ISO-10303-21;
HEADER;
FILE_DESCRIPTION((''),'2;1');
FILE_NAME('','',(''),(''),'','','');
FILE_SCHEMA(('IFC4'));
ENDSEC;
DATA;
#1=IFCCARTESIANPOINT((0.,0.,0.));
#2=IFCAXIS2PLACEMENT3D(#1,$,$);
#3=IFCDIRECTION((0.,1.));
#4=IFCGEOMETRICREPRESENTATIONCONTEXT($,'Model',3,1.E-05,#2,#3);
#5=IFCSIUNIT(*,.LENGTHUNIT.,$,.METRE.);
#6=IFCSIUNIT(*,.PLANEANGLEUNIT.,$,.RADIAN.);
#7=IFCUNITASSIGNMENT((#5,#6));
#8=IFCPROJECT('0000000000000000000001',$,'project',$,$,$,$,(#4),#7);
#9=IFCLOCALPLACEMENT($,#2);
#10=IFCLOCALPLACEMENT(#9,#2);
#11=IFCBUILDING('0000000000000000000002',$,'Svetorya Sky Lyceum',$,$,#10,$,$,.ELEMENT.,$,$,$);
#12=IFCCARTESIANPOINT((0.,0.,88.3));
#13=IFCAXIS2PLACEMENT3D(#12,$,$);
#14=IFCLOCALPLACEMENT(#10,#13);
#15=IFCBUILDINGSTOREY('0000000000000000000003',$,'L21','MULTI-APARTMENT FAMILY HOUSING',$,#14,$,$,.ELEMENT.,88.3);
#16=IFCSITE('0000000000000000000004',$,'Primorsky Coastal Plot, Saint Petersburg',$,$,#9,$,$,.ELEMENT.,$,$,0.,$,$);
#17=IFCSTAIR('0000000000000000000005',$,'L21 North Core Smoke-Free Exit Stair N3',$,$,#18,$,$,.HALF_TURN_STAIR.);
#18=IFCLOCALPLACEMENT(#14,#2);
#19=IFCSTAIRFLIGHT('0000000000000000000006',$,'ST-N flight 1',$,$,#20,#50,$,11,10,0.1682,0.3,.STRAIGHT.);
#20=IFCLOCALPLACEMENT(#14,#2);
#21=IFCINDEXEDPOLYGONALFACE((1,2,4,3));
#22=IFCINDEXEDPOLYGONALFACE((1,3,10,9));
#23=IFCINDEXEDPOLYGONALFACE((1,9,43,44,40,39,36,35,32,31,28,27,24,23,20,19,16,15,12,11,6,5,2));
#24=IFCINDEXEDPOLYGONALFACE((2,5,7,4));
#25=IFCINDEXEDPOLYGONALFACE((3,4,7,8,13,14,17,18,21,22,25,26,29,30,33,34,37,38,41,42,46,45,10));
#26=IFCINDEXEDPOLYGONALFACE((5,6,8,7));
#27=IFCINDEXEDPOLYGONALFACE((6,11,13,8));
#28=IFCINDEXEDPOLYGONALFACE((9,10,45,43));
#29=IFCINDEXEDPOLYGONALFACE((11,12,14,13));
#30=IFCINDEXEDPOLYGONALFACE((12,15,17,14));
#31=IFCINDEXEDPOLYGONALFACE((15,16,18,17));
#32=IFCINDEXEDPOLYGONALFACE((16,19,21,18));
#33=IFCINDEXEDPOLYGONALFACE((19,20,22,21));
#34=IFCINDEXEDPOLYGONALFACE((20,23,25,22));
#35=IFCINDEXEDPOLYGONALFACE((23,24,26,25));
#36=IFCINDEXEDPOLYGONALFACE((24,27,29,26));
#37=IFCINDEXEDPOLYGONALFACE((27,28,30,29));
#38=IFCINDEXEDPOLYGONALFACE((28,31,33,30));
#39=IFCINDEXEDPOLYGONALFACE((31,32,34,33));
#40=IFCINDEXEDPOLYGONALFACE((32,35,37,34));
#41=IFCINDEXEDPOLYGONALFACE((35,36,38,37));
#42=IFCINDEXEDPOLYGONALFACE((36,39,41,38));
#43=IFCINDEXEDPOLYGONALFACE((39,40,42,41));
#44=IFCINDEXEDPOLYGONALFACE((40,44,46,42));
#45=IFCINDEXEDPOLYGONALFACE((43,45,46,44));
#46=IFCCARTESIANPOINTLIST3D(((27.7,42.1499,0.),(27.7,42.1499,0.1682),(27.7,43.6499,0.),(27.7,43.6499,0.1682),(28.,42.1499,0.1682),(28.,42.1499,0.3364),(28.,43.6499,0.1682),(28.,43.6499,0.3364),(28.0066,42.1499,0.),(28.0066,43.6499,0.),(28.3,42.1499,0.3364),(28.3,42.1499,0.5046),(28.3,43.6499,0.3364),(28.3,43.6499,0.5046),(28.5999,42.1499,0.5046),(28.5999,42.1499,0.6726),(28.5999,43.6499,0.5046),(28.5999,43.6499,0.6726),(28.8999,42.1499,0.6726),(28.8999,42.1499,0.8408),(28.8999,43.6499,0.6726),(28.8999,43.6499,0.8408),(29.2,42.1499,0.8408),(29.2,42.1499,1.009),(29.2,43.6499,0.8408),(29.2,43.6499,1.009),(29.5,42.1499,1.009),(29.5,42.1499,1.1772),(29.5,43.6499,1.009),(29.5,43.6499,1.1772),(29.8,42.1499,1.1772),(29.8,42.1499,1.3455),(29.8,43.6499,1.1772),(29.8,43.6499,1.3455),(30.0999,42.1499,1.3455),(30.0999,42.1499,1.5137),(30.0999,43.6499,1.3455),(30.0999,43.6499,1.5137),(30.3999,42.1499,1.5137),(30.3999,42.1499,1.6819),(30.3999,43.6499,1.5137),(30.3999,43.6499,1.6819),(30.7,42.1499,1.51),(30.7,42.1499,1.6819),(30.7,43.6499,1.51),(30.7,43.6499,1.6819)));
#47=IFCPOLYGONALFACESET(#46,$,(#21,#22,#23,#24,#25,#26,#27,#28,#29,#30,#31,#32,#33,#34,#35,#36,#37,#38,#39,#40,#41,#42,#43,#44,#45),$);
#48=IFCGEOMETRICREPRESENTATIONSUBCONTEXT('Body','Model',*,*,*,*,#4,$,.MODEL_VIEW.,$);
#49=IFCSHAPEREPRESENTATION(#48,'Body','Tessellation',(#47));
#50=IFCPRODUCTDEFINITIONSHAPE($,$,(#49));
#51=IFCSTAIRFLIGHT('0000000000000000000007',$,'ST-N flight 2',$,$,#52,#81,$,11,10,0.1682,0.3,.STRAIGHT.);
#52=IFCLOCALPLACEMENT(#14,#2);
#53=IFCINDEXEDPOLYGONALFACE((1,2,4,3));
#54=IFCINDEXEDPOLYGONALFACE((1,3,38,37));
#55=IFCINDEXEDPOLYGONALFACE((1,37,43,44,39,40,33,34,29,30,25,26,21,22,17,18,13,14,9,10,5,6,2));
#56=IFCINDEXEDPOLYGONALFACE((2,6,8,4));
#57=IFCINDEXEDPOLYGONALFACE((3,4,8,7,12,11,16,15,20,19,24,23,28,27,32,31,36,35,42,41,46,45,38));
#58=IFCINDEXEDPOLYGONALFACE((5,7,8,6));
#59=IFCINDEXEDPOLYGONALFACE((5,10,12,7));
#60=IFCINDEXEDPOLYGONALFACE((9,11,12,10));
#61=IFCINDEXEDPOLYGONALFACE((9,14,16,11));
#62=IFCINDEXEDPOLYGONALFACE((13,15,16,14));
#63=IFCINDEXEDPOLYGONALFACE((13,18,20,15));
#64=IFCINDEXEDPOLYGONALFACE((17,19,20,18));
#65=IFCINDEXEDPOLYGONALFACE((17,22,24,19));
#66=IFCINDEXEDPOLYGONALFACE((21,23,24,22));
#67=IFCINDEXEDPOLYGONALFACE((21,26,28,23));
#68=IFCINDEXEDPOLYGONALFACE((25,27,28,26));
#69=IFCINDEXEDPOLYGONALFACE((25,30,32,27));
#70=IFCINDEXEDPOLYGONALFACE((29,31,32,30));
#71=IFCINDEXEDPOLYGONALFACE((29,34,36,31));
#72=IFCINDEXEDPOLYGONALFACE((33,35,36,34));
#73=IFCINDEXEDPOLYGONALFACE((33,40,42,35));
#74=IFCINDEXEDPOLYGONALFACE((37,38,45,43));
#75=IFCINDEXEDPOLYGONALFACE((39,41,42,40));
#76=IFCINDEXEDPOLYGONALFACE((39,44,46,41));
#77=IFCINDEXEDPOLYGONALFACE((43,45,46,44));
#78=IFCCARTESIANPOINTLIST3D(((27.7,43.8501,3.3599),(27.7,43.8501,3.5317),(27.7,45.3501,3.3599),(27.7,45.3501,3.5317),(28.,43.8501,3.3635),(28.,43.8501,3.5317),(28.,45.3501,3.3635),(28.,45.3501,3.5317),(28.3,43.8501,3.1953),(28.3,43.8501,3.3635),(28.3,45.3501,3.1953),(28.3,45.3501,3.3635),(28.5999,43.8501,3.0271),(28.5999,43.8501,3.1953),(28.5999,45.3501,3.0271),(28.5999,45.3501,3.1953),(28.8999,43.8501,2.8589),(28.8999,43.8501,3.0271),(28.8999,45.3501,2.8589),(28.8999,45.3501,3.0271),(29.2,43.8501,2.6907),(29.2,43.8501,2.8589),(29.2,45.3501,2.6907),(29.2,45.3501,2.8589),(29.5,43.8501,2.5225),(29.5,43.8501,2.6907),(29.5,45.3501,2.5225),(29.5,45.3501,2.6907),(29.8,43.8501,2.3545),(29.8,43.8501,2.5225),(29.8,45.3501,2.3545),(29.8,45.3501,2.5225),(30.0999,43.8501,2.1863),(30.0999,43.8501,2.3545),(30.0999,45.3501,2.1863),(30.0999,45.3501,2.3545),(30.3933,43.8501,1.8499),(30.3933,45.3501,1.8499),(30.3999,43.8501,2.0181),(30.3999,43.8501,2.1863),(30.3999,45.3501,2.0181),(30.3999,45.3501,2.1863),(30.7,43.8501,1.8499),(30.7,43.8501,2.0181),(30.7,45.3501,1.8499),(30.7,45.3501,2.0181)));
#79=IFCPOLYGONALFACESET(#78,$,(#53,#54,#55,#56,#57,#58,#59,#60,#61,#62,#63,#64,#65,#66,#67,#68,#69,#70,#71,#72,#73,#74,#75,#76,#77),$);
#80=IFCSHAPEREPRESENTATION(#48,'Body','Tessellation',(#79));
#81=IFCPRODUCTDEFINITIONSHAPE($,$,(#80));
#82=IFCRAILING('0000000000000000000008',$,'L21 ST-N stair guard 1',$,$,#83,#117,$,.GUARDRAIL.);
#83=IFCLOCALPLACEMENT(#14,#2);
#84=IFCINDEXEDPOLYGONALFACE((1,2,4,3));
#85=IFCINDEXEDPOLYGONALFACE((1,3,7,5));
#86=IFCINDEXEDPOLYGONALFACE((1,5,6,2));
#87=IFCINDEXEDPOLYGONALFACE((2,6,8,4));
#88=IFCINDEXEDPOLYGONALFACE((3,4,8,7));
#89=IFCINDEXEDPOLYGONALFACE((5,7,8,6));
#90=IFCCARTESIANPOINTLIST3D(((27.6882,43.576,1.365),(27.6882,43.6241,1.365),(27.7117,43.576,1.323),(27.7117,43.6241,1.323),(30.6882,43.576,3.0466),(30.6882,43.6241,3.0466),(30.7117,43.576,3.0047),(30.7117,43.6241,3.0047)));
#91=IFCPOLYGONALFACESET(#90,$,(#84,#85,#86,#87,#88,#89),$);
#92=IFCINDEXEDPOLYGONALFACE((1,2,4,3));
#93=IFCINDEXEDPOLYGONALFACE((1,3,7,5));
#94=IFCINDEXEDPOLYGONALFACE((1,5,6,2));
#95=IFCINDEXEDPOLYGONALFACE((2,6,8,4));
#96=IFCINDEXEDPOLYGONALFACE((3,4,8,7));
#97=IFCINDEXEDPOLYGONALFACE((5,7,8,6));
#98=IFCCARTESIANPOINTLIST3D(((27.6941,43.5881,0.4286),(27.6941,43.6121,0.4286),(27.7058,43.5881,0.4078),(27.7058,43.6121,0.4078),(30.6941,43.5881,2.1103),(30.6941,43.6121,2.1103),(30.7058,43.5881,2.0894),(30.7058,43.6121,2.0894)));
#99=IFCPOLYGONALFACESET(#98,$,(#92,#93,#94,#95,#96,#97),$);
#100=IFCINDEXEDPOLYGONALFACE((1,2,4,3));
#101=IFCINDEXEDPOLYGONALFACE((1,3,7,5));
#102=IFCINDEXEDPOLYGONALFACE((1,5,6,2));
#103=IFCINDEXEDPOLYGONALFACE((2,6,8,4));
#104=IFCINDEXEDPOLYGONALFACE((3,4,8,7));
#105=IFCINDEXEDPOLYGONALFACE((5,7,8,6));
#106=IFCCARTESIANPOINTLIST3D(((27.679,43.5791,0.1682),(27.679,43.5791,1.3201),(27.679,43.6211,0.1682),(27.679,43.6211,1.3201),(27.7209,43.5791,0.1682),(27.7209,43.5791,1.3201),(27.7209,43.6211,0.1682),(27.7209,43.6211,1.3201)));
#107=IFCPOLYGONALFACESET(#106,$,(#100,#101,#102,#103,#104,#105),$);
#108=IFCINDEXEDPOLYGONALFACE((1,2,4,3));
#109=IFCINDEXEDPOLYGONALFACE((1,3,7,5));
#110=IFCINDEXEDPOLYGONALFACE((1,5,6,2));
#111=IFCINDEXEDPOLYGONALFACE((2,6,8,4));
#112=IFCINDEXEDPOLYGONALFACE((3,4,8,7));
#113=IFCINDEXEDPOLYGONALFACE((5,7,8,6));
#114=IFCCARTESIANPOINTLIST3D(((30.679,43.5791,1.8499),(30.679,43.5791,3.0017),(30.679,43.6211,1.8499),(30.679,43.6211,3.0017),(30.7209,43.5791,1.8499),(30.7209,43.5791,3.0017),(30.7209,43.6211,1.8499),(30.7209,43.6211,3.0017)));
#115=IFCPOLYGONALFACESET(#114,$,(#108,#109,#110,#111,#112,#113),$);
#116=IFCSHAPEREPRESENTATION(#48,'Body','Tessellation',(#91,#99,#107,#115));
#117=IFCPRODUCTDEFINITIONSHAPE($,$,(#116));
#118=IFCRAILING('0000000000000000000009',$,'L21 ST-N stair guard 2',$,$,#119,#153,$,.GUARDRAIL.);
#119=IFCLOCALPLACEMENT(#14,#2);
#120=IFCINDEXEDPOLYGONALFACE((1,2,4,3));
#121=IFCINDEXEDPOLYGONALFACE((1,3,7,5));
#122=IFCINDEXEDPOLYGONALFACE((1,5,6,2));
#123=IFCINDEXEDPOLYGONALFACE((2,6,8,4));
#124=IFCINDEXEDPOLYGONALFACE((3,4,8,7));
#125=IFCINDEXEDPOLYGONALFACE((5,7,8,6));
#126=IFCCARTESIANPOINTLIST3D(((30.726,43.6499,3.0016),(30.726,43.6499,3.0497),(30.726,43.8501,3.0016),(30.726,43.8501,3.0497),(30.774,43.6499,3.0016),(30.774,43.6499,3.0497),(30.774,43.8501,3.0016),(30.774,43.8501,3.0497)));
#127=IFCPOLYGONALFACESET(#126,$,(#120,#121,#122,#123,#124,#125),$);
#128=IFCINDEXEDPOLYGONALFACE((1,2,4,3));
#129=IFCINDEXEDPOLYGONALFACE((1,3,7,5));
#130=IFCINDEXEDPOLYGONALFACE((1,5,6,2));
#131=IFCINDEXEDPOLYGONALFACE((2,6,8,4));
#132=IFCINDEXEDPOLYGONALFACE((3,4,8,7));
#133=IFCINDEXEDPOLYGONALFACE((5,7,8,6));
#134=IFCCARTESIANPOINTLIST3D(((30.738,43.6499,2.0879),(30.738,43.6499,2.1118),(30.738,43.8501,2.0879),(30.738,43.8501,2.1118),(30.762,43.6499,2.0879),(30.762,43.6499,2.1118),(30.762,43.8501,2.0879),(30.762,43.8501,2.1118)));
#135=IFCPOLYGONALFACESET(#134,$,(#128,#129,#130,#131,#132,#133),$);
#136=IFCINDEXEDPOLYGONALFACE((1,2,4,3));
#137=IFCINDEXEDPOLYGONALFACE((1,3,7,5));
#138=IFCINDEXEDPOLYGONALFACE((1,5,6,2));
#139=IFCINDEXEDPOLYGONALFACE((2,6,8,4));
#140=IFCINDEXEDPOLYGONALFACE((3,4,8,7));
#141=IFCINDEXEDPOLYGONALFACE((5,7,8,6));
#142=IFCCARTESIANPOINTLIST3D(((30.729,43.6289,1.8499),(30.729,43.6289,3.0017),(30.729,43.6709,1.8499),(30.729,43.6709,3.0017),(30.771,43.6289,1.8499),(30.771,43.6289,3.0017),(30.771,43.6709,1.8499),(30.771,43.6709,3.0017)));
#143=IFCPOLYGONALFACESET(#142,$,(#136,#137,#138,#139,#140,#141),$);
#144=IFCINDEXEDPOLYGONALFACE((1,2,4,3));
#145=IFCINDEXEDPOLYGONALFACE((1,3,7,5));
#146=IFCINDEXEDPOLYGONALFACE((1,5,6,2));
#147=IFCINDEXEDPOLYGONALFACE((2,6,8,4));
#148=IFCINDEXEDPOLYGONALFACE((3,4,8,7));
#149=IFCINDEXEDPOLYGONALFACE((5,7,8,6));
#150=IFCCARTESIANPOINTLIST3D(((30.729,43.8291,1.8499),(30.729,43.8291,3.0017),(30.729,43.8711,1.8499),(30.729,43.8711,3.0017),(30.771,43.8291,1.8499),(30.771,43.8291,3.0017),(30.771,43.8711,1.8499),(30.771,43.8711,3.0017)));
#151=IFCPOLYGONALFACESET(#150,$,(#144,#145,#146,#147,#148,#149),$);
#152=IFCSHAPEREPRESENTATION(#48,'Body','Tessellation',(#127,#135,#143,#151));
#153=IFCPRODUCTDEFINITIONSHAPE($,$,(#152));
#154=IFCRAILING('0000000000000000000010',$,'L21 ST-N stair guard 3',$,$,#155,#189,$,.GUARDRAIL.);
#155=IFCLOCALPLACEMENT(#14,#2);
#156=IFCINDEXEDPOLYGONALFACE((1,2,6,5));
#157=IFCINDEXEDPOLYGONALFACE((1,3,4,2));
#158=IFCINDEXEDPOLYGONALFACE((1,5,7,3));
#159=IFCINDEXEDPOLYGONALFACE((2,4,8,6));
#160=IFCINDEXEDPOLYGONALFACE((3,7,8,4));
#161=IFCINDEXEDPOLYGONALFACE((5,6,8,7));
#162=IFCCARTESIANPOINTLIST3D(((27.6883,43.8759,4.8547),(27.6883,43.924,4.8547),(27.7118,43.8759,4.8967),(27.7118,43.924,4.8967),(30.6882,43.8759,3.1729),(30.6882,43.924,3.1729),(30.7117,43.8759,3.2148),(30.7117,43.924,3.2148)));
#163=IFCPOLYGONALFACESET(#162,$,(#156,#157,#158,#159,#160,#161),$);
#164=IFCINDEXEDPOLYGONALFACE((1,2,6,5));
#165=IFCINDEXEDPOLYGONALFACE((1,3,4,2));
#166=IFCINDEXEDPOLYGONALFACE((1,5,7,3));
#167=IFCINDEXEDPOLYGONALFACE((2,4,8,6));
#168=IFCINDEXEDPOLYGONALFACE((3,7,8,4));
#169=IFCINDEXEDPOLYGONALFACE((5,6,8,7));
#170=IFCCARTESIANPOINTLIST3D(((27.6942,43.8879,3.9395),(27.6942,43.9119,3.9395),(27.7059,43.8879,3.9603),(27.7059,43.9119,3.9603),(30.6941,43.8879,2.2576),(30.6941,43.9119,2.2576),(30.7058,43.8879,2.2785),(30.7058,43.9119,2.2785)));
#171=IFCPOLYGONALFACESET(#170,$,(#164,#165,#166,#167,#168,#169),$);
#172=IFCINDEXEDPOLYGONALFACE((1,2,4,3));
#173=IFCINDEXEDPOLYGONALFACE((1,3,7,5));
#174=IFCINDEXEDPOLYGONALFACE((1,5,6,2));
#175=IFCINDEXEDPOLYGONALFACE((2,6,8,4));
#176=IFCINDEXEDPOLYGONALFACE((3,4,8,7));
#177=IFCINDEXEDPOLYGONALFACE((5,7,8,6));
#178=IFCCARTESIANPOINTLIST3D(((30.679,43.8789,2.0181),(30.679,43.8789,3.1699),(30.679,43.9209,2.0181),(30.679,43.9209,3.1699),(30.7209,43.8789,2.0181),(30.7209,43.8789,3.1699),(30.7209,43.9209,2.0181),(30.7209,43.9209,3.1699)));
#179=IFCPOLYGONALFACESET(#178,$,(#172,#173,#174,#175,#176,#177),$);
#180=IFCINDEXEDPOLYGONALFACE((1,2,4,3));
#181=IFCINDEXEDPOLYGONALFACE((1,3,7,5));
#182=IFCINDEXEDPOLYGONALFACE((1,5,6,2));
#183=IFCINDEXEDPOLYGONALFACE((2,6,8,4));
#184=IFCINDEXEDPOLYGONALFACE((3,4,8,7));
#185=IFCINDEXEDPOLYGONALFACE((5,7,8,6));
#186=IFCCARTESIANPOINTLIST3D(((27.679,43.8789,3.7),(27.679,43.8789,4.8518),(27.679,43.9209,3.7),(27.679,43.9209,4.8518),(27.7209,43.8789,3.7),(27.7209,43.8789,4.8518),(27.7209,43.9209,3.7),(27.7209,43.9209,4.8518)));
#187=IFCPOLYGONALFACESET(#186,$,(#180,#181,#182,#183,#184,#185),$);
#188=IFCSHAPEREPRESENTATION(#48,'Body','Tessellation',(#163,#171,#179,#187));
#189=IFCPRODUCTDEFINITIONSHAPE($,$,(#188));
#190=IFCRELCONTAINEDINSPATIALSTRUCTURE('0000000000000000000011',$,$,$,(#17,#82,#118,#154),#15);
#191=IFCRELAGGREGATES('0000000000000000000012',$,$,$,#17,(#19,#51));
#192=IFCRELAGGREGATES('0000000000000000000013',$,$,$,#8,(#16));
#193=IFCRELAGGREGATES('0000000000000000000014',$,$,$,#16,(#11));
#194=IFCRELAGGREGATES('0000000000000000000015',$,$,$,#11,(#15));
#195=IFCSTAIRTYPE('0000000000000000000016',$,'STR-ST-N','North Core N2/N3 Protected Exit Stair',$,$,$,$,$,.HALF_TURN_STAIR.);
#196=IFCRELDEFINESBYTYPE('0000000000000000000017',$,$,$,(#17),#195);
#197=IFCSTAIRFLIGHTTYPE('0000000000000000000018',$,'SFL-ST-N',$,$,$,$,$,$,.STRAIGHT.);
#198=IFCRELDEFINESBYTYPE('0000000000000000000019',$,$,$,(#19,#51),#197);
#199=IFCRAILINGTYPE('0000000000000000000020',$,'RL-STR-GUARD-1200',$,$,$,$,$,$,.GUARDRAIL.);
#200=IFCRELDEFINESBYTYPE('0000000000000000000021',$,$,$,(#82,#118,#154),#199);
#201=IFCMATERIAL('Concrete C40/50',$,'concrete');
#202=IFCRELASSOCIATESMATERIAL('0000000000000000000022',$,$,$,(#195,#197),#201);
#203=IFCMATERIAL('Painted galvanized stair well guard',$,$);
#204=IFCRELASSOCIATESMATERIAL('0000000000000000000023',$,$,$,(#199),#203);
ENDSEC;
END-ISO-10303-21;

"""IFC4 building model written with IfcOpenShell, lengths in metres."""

from ifc_helpers import new_model, si_unit, direction, frame, origin, origin_2d, place, context, subcontext, project, spatial, polyline, rectangle, outline, extrude, material, type_object, element, aggregate, save


model = new_model("IFC4")

# Units and contexts
model_context = context("Model", 3, precision=1e-05, world=origin(), true_north=direction((0.0, 1.0)))
body_context = subcontext(model_context, "Body", "Model", "MODEL_VIEW")
ifc_project = project(units=[si_unit("LENGTHUNIT", "METRE"), si_unit("PLANEANGLEUNIT", "RADIAN")], contexts=[model_context])

# Site, building, storey
site_placement = place(None, origin())
site = spatial("IfcSite", under=ifc_project, at=site_placement, Name="Primorsky Coastal Plot, Saint Petersburg", CompositionType="ELEMENT", RefElevation=0.0)
building_placement = place(site_placement, origin())
building = spatial("IfcBuilding", under=site, at=building_placement, Name="Svetorya Sky Lyceum", CompositionType="ELEMENT")
storey_placement = place(building_placement, frame((0.0, 0.0, 88.3)))
storey = spatial("IfcBuildingStorey", under=building, at=storey_placement, Name="L21", Description="MULTI-APARTMENT FAMILY HOUSING", CompositionType="ELEMENT", Elevation=88.3)

# Stair, stair flights
ifc_material_1 = material(Name="Concrete C40/50", Category="concrete")
stair_type = type_object("IfcStairType", Name="STR-ST-N", Description="North Core N2/N3 Protected Exit Stair", PredefinedType="HALF_TURN_STAIR", material=ifc_material_1)
stair_placement = place(storey_placement, origin())
stair = element("IfcStair", 1, at=stair_placement, inside=storey, type_object=stair_type, Name="L21 North Core Smoke-Free Exit Stair N3", PredefinedType="HALF_TURN_STAIR")
stair_flight_type = type_object("IfcStairFlightType", Name="SFL-ST-N", PredefinedType="STRAIGHT", material=ifc_material_1)
stair_flight_1_placement = place(storey_placement, frame((27.7, 42.8999, 0.0), z_axis=(0.0, 0.0, 1.0), x_axis=(1.0, 0.0, 0.0)))
stair_flight_1 = element("IfcStairFlight", 2, at=stair_flight_1_placement, type_object=stair_flight_type, Name="ST-N flight 1", NumberOfRisers=11, NumberOfTreads=10, PredefinedType="STRAIGHT", RiserHeight=0.1682, TreadLength=0.3, context=body_context, shape_type="SweptSolid", body=[
    extrude(outline(polyline([(0.0, 0.0), (0.0, 0.1682), (0.3, 0.1682), (0.3, 0.3364), (0.6001, 0.3364), (0.6001, 0.5046), (0.8999, 0.5046), (0.8999, 0.6726), (1.2, 0.6726), (1.2, 0.8408), (1.5, 0.8408), (1.5, 1.009), (1.8, 1.009), (1.8, 1.1772), (2.1001, 1.1772), (2.1001, 1.3455), (2.3999, 1.3455), (2.3999, 1.5137), (2.7, 1.5137), (2.7, 1.6819), (3.0, 1.6819), (3.0, 1.8501), (3.0, 1.51), (0.3066, 0.0), (0.0, 0.0)])), frame((0.0, 0.75, 0.0), z_axis=(0.0, -1.0, 0.0), x_axis=(1.0, 0.0, 0.0)), (0.0, 0.0, 1.0), 1.5),
])
stair_flight_2_placement = place(storey_placement, frame((30.7, 44.6001, 1.8499), z_axis=(0.0, 0.0, 1.0), x_axis=(-1.0, 0.0, 0.0)))
stair_flight_2 = element("IfcStairFlight", 3, at=stair_flight_2_placement, type_object=stair_flight_type, Name="ST-N flight 2", NumberOfRisers=11, NumberOfTreads=10, PredefinedType="STRAIGHT", RiserHeight=0.1682, TreadLength=0.3, context=body_context, shape_type="SweptSolid", body=[
    extrude(outline(polyline([(0.0, 0.0), (0.0, 0.1682), (0.3, 0.1682), (0.3, 0.3364), (0.6001, 0.3364), (0.6001, 0.5046), (0.8999, 0.5046), (0.8999, 0.6726), (1.2, 0.6726), (1.2, 0.8408), (1.5, 0.8408), (1.5, 1.009), (1.8, 1.009), (1.8, 1.1772), (2.1001, 1.1772), (2.1001, 1.3455), (2.3999, 1.3455), (2.3999, 1.5137), (2.7, 1.5137), (2.7, 1.6819), (3.0, 1.6819), (3.0, 1.8501), (3.0, 1.51), (0.3066, 0.0), (0.0, 0.0)])), frame((0.0, 0.75, 0.0), z_axis=(0.0, -1.0, 0.0), x_axis=(1.0, 0.0, 0.0)), (0.0, 0.0, 1.0), 1.5),
])
aggregate(stair, [stair_flight_1, stair_flight_2])

# Railings
ifc_material_2 = material(Name="Painted galvanized stair well guard")
railing_type_1 = type_object("IfcRailingType", Name="RL-STR-GUARD-1200", PredefinedType="GUARDRAIL", material=ifc_material_2)
railing_1_placement = place(storey_placement, frame((27.7, 43.6001, 0.1682)))
element("IfcRailing", 4, at=railing_1_placement, inside=storey, type_object=railing_type_1, Name="L21 ST-N stair guard 1", PredefinedType="GUARDRAIL", context=body_context, shape_type="SweptSolid", body=[
    extrude(rectangle(XDim=0.0481, YDim=0.0481, at=origin_2d()), frame((0.0, 0.0, 1.1758), z_axis=(0.872303, 0.0, 0.488966), x_axis=(0.0, 1.0, 0.0)), (0.0, 0.0, 1.0), 3.4392),
    extrude(rectangle(XDim=0.0239, YDim=0.0239, at=origin_2d()), frame((0.0, 0.0, 0.25), z_axis=(0.872303, 0.0, 0.488966), x_axis=(0.0, 1.0, 0.0)), (0.0, 0.0, 1.0), 3.4392),
    extrude(rectangle(XDim=0.042, YDim=0.042, at=origin_2d()), origin(), (0.0, 0.0, 1.0), 1.1519),
    extrude(rectangle(XDim=0.042, YDim=0.042, at=origin_2d()), frame((3.0, 0.0, 1.6816)), (0.0, 0.0, 1.0), 1.1519),
])
railing_2_placement = place(storey_placement, frame((30.75, 43.6499, 1.8499)))
element("IfcRailing", 5, at=railing_2_placement, inside=storey, type_object=railing_type_1, Name="L21 ST-N stair guard 2", PredefinedType="GUARDRAIL", context=body_context, shape_type="SweptSolid", body=[
    extrude(rectangle(XDim=0.0481, YDim=0.0481, at=origin_2d()), frame((0.0, 0.0, 1.1758), z_axis=(0.0, 1.0, 0.0), x_axis=(-1.0, 0.0, 0.0)), (0.0, 0.0, 1.0), 0.2002),
    extrude(rectangle(XDim=0.0239, YDim=0.0239, at=origin_2d()), frame((0.0, 0.0, 0.25), z_axis=(0.0, 1.0, 0.0), x_axis=(-1.0, 0.0, 0.0)), (0.0, 0.0, 1.0), 0.2002),
    extrude(rectangle(XDim=0.042, YDim=0.042, at=origin_2d()), origin(), (0.0, 0.0, 1.0), 1.1519),
    extrude(rectangle(XDim=0.042, YDim=0.042, at=origin_2d()), frame((0.0, 0.2002, 0.0)), (0.0, 0.0, 1.0), 1.1519),
])
railing_3_placement = place(storey_placement, frame((30.7, 43.8999, 2.0181)))
element("IfcRailing", 6, at=railing_3_placement, inside=storey, type_object=railing_type_1, Name="L21 ST-N stair guard 3", PredefinedType="GUARDRAIL", context=body_context, shape_type="SweptSolid", body=[
    extrude(rectangle(XDim=0.0481, YDim=0.0481, at=origin_2d()), frame((0.0, 0.0, 1.1758), z_axis=(-0.872272, 0.0, 0.48902), x_axis=(0.0, -1.0, 0.0)), (0.0, 0.0, 1.0), 3.4392),
    extrude(rectangle(XDim=0.0239, YDim=0.0239, at=origin_2d()), frame((0.0, 0.0, 0.25), z_axis=(-0.872272, 0.0, 0.48902), x_axis=(0.0, -1.0, 0.0)), (0.0, 0.0, 1.0), 3.4392),
    extrude(rectangle(XDim=0.042, YDim=0.042, at=origin_2d()), origin(), (0.0, 0.0, 1.0), 1.1519),
    extrude(rectangle(XDim=0.042, YDim=0.042, at=origin_2d()), frame((-3.0, 0.0, 1.6819)), (0.0, 0.0, 1.0), 1.1519),
])

save(model, "model.ifc")
